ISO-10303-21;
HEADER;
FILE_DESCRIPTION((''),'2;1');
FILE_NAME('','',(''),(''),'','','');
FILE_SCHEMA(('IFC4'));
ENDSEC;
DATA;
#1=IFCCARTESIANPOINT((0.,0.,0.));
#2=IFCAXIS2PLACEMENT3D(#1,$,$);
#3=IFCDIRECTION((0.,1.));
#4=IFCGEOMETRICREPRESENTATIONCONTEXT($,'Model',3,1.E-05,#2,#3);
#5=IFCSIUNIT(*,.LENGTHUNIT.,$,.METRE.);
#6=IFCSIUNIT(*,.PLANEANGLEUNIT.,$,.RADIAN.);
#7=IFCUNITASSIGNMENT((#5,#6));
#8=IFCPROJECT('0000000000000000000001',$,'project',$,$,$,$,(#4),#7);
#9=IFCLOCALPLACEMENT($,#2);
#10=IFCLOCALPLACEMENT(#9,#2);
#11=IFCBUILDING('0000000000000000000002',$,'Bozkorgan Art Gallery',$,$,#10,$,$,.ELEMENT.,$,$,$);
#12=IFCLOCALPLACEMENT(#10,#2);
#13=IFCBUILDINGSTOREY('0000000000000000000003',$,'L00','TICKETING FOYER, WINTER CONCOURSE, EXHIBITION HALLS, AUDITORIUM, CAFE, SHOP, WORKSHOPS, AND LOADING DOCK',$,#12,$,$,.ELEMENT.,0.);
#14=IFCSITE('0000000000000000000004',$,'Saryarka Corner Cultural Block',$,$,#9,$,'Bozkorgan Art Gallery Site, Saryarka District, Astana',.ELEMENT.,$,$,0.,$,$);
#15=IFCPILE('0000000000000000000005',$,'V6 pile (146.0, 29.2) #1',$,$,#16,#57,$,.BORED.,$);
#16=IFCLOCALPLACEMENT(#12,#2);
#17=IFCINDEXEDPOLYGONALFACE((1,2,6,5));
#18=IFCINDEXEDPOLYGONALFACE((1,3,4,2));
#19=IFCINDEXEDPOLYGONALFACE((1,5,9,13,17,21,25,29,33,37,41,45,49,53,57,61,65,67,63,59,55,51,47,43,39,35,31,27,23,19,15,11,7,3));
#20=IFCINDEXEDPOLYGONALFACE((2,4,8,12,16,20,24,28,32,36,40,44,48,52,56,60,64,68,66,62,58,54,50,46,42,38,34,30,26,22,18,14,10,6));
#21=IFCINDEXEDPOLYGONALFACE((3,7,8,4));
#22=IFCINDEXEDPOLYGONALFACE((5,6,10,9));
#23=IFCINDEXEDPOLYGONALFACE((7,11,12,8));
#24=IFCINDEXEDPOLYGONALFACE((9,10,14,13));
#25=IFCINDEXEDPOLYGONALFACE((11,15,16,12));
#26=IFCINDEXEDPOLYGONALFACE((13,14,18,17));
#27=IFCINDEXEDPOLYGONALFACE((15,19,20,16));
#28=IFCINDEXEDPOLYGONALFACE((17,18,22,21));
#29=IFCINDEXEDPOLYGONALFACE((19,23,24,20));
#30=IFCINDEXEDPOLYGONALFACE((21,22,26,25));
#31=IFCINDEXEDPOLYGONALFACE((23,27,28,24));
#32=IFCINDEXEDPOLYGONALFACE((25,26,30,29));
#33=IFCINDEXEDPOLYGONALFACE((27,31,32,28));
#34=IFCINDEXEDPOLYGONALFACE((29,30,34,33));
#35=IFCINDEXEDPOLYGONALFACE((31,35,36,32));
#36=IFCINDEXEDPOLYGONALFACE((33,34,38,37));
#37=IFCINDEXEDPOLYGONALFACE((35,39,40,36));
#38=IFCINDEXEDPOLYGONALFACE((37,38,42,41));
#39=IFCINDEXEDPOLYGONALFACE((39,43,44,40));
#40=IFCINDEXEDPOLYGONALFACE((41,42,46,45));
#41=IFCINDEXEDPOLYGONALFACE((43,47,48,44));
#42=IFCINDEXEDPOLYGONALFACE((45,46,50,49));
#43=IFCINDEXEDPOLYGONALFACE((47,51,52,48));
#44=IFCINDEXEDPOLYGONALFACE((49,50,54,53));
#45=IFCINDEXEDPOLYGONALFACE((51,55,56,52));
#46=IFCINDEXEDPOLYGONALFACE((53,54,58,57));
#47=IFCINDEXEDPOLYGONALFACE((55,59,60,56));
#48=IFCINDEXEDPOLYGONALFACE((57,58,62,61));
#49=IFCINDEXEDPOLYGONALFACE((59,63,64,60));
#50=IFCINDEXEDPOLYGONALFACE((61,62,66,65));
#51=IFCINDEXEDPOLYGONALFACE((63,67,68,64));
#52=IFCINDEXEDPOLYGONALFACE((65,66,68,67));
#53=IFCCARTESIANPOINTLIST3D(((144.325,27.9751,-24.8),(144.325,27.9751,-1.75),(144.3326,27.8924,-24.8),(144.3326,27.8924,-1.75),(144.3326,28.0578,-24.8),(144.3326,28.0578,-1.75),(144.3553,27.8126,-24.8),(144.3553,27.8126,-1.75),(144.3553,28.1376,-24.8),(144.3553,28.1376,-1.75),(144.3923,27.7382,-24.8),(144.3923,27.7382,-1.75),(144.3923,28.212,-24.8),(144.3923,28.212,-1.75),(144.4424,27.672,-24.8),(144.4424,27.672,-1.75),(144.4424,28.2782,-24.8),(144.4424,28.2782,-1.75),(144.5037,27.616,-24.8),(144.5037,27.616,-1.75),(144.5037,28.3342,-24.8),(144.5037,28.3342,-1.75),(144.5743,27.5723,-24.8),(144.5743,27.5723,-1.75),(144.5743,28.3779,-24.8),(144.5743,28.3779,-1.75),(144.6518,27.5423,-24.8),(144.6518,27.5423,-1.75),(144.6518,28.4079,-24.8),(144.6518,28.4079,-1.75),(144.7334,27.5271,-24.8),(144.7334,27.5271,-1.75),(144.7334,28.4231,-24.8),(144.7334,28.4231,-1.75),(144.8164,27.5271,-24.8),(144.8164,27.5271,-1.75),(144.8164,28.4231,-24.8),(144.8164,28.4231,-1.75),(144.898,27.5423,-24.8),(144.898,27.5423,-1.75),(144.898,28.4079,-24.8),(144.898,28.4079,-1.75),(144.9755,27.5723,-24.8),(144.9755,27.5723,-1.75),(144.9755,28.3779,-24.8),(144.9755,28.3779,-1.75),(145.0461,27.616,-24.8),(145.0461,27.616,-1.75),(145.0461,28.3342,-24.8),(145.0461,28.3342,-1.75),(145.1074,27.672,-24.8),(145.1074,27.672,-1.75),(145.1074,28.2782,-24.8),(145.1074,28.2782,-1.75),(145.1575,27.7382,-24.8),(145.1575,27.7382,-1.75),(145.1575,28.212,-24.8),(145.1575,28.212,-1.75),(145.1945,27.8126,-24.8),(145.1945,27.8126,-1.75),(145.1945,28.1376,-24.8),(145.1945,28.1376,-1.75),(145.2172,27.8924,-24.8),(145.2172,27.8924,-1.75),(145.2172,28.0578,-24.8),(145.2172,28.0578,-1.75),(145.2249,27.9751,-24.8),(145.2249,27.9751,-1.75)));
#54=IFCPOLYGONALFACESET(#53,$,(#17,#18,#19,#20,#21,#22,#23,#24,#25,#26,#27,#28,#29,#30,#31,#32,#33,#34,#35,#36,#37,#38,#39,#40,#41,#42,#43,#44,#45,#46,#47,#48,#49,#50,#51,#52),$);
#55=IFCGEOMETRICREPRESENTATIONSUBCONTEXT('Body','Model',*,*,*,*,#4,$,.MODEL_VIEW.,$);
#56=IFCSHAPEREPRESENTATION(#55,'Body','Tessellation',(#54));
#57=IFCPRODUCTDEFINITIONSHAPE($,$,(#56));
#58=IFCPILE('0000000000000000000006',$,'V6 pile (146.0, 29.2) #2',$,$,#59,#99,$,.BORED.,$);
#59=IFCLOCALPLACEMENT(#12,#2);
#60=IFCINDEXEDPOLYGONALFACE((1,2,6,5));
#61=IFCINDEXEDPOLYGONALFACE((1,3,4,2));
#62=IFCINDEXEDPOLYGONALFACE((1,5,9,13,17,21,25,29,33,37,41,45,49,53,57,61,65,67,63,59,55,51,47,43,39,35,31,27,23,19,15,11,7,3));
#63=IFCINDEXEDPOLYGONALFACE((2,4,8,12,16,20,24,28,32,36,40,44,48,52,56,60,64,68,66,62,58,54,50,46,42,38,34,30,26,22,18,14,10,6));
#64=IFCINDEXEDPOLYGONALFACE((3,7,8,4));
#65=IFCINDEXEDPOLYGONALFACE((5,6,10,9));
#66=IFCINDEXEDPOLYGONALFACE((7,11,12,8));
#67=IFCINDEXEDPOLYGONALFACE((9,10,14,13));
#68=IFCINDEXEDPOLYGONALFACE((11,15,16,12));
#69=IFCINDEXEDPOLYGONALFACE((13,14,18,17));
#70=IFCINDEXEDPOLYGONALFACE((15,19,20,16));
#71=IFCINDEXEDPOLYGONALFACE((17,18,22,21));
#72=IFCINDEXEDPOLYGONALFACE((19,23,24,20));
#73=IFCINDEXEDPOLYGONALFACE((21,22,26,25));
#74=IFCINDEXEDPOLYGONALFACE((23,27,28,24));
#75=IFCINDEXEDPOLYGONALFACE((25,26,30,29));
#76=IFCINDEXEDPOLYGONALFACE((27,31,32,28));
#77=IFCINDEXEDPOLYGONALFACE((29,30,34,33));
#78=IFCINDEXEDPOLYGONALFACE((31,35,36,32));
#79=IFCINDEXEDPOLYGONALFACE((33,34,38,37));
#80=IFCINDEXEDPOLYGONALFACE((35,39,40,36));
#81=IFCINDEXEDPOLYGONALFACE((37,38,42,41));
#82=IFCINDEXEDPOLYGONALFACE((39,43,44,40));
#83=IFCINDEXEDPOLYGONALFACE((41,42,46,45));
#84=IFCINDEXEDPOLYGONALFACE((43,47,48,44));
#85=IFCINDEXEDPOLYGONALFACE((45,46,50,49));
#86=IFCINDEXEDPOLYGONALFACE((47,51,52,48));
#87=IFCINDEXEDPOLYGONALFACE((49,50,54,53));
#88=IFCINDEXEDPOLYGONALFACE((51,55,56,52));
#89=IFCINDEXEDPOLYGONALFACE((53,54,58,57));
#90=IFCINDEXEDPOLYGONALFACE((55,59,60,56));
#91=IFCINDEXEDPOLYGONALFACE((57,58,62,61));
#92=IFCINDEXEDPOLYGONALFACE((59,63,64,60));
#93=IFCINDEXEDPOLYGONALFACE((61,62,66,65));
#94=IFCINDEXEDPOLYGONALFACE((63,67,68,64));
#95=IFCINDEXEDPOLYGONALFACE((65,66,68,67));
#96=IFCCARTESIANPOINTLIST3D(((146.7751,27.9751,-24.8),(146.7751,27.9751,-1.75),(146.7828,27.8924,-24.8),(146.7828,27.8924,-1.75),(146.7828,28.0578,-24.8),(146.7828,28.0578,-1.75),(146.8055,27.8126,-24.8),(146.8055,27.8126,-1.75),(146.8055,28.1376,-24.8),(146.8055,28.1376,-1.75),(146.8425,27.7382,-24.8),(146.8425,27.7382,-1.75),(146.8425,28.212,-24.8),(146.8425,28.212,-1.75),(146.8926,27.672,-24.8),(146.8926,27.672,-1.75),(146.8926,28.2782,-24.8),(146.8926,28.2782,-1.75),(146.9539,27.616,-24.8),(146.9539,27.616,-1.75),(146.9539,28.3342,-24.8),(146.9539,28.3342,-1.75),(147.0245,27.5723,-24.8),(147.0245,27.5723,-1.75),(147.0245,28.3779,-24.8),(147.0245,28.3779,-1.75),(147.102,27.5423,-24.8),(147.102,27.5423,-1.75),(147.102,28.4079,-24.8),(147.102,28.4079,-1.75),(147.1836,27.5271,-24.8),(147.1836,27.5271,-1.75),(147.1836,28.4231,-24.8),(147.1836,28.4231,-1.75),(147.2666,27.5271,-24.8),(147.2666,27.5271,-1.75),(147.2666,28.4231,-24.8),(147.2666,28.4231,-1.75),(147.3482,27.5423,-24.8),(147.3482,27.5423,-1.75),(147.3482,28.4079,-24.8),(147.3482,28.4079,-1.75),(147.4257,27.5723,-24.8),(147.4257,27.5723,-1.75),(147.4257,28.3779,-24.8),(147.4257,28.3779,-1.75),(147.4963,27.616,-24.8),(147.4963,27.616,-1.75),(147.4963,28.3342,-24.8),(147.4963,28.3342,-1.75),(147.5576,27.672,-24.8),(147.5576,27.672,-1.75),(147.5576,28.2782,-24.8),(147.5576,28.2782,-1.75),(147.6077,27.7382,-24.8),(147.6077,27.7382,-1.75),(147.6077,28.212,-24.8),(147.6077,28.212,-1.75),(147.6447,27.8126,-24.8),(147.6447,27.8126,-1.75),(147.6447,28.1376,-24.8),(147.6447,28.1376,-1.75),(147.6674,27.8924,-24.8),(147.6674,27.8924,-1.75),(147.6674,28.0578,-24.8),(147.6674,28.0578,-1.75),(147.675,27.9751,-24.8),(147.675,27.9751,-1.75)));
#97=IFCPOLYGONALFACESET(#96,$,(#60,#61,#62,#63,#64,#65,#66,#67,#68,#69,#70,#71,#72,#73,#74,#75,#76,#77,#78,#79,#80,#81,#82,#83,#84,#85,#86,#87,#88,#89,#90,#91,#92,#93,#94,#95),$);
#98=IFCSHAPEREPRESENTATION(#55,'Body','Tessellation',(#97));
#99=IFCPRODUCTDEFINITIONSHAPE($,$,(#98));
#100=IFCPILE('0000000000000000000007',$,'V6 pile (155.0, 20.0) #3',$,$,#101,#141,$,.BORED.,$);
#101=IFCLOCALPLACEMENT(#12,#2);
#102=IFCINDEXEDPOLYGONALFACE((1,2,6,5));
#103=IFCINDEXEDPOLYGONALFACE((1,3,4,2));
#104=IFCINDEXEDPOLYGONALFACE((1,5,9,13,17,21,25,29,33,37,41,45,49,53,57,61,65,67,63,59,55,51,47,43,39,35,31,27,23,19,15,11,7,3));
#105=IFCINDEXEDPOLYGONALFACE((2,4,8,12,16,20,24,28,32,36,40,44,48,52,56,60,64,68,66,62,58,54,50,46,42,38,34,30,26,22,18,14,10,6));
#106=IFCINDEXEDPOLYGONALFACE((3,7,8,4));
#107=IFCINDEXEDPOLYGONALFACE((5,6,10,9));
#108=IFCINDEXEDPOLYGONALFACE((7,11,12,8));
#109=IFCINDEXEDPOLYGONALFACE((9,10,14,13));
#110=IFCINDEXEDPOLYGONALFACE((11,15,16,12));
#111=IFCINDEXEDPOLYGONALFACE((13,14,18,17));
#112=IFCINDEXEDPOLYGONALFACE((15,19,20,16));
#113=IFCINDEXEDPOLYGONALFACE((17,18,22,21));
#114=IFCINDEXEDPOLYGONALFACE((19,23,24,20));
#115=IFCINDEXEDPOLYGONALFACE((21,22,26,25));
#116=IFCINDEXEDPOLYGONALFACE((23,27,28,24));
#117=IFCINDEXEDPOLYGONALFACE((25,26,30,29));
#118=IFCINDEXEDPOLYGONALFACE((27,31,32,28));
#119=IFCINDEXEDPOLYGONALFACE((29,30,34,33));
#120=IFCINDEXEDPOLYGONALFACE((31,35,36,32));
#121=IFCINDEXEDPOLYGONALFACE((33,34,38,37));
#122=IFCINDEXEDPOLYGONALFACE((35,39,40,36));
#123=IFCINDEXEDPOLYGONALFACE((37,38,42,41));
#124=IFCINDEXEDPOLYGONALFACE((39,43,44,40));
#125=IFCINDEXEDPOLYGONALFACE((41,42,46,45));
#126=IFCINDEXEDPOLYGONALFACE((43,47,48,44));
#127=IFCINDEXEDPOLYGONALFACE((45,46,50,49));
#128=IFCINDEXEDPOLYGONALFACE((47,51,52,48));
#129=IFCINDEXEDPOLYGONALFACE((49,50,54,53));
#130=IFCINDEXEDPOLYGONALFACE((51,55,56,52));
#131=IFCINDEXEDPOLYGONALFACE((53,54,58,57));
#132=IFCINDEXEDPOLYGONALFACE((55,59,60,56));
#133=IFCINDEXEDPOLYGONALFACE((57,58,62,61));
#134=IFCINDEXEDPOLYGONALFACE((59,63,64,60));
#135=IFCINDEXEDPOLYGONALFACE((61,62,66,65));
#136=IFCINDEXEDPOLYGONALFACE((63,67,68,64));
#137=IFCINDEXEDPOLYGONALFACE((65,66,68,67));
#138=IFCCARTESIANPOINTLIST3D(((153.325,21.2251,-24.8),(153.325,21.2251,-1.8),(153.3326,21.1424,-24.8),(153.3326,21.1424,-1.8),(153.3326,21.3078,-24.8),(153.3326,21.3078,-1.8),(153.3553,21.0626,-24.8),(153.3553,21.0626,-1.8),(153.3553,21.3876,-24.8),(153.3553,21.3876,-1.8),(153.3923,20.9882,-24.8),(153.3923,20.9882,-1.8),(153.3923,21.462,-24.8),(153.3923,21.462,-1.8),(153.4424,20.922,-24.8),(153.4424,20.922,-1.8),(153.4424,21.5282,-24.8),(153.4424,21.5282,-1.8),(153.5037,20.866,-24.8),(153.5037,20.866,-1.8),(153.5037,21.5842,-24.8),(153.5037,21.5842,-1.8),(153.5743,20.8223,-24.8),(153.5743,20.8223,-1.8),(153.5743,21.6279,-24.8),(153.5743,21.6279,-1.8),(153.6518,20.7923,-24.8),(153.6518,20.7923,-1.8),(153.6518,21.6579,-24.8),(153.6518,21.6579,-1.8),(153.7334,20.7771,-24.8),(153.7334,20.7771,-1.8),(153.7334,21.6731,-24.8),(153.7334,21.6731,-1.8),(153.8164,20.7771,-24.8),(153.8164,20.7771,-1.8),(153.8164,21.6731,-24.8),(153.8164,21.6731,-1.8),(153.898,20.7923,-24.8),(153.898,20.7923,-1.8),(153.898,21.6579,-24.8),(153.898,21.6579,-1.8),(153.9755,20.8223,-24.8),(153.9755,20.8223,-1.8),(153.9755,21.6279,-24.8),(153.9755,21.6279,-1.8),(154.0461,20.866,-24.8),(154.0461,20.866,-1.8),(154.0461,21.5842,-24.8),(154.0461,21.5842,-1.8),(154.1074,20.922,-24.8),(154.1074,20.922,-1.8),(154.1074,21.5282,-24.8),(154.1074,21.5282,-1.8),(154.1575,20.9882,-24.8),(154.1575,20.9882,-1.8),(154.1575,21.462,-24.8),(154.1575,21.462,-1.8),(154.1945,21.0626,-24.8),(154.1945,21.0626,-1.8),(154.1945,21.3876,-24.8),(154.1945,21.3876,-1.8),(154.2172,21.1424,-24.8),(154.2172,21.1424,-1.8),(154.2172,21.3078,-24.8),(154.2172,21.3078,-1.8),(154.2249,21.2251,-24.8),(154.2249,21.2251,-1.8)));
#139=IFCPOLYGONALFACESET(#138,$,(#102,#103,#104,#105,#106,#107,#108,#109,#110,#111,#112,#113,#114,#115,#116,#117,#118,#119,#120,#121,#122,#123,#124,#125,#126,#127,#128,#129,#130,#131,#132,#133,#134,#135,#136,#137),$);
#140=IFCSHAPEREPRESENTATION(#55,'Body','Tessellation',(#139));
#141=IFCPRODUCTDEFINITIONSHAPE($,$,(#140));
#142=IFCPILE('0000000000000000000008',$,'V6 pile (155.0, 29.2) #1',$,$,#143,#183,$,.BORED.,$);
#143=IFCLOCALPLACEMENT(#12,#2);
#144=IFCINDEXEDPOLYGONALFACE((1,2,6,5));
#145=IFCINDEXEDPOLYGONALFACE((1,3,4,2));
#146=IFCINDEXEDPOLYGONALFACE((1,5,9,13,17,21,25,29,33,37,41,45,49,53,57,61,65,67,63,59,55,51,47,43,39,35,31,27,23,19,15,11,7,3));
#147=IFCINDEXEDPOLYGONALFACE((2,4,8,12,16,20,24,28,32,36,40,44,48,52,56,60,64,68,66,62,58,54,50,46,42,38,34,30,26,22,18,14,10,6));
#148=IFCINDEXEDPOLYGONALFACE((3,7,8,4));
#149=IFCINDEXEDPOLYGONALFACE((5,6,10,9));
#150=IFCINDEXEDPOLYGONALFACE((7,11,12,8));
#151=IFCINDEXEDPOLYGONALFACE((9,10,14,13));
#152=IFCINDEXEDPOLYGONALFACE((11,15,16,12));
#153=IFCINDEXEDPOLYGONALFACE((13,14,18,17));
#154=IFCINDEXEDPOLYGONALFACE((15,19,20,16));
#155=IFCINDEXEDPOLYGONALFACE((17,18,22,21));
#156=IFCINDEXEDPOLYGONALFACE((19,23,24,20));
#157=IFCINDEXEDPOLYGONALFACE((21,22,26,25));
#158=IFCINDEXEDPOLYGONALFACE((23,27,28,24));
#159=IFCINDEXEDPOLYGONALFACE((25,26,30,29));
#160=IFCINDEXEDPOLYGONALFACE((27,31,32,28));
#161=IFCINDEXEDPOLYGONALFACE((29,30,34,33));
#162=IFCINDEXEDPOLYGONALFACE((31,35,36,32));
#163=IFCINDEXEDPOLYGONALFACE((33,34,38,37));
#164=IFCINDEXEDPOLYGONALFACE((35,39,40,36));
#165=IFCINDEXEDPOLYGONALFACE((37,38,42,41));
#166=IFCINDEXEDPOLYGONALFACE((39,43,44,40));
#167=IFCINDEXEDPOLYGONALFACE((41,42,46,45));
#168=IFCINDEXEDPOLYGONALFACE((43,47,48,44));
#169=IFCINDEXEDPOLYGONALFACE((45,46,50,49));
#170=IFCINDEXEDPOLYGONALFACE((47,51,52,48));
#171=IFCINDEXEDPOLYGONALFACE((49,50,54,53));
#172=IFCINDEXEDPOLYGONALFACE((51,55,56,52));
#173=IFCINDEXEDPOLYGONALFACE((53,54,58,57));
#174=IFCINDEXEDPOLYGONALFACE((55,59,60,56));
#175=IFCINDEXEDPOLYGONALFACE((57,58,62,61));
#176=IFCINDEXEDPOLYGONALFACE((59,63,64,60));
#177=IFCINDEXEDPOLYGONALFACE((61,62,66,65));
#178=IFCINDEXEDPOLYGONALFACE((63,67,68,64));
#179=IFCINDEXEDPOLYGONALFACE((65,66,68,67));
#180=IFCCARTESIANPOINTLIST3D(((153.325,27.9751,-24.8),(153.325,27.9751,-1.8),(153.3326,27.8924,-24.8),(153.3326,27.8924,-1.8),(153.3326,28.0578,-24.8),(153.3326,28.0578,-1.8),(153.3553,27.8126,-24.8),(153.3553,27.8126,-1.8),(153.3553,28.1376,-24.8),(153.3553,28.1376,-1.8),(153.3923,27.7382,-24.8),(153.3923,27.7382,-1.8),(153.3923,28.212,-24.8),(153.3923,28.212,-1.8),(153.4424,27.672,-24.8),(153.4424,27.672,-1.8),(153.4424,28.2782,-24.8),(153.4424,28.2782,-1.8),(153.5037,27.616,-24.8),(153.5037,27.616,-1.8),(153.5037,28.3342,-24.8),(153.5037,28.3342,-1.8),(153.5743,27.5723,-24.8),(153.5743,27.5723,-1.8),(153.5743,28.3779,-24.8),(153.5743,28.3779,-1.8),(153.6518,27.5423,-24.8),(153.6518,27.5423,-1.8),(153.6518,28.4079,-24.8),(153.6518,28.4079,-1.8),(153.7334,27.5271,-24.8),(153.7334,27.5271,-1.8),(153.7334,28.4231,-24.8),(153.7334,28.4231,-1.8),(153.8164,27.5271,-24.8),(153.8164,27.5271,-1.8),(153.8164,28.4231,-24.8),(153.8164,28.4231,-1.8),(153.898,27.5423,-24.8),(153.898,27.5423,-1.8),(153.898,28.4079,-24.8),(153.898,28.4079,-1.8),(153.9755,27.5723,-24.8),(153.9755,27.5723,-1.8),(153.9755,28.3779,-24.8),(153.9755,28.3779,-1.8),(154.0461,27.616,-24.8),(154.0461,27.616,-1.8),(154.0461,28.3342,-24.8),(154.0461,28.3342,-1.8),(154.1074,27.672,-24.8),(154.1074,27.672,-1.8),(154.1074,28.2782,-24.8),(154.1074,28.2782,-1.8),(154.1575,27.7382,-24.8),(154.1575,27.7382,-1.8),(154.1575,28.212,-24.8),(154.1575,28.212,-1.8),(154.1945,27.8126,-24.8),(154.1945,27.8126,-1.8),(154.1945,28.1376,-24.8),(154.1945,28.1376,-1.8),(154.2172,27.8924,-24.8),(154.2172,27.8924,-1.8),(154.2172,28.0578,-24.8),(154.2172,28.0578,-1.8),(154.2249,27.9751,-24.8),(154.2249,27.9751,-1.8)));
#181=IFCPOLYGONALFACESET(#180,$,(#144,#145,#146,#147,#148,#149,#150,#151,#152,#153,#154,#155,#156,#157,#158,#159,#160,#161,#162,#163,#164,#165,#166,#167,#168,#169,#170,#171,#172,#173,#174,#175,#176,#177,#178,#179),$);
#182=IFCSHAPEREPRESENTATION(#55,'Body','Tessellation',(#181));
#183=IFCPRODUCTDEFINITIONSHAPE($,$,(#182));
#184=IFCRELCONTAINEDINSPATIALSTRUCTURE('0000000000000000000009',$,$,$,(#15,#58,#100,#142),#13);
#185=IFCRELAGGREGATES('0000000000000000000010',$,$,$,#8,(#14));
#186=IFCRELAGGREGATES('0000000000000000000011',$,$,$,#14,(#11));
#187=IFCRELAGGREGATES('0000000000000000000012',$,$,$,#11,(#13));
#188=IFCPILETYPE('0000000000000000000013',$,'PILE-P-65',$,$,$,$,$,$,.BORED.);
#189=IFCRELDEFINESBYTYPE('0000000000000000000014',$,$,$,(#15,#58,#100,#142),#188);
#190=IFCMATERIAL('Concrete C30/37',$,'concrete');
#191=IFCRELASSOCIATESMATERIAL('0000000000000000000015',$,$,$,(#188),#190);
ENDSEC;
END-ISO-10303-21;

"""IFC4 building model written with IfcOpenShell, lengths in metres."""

from ifc_helpers import new_model, si_unit, direction, frame, origin, origin_2d, place, context, subcontext, project, spatial, circle, extrude, material, material_profile, profile_set, type_object, element, save


model = new_model("IFC4")

# Units and contexts
model_context = context("Model", 3, precision=1e-05, world=origin(), true_north=direction((0.0, 1.0)))
body_context = subcontext(model_context, "Body", "Model", "MODEL_VIEW")
ifc_project = project(units=[si_unit("LENGTHUNIT", "METRE"), si_unit("PLANEANGLEUNIT", "RADIAN")], contexts=[model_context])

# Site, building, storey
site_placement = place(None, origin())
site = spatial("IfcSite", under=ifc_project, at=site_placement, Name="Saryarka Corner Cultural Block", LongName="Bozkorgan Art Gallery Site, Saryarka District, Astana", CompositionType="ELEMENT", RefElevation=0.0)
building_placement = place(site_placement, origin())
building = spatial("IfcBuilding", under=site, at=building_placement, Name="Bozkorgan Art Gallery", CompositionType="ELEMENT")
storey_placement = place(building_placement, origin())
storey = spatial("IfcBuildingStorey", under=building, at=storey_placement, Name="L00", Description="TICKETING FOYER, WINTER CONCOURSE, EXHIBITION HALLS, AUDITORIUM, CAFE, SHOP, WORKSHOPS, AND LOADING DOCK", CompositionType="ELEMENT", Elevation=0.0)

# Shared definitions
ifc_material_1 = material(Name="Concrete C30/37", Category="concrete")

# Piles
ifc_material_profile_1 = material_profile(ifc_material_1, circle(Radius=0.45, at=origin_2d()), Name="PILE D900")
ifc_profile_set_1 = profile_set([ifc_material_profile_1], Name="Concrete C30/37")
pile_type = type_object("IfcPileType", Name="PILE-P-65", PredefinedType="BORED", material=ifc_profile_set_1)
for number, where, z_axis, x_axis, name in (
    (1, (144.7749, 27.9751, -1.75), (0.0, 0.0, -1.0), (1.0, 0.0, 0.0), "V6 pile (146.0, 29.2) #1"),
    (2, (147.2251, 27.9751, -1.75), (0.0, 0.0, -1.0), (1.0, 0.0, 0.0), "V6 pile (146.0, 29.2) #2"),
):
    element("IfcPile", number, at=place(storey_placement, frame(where, z_axis=z_axis, x_axis=x_axis)), inside=storey, type_object=pile_type, Name=name, PredefinedType="BORED", context=body_context, shape_type="SweptSolid", body=[
        extrude(circle(Radius=0.45, at=origin_2d()), origin(), (0.0, 0.0, 1.0), 23.05),
    ])
for number, where, z_axis, x_axis, name in (
    (3, (153.7749, 21.2251, -1.8), (0.0, 0.0, -1.0), (1.0, 0.0, 0.0), "V6 pile (155.0, 20.0) #3"),
    (4, (153.7749, 27.9751, -1.8), (0.0, 0.0, -1.0), (1.0, 0.0, 0.0), "V6 pile (155.0, 29.2) #1"),
):
    element("IfcPile", number, at=place(storey_placement, frame(where, z_axis=z_axis, x_axis=x_axis)), inside=storey, type_object=pile_type, Name=name, PredefinedType="BORED", context=body_context, shape_type="SweptSolid", body=[
        extrude(circle(Radius=0.45, at=origin_2d()), origin(), (0.0, 0.0, 1.0), 23.0),
    ])

save(model, "model.ifc")
